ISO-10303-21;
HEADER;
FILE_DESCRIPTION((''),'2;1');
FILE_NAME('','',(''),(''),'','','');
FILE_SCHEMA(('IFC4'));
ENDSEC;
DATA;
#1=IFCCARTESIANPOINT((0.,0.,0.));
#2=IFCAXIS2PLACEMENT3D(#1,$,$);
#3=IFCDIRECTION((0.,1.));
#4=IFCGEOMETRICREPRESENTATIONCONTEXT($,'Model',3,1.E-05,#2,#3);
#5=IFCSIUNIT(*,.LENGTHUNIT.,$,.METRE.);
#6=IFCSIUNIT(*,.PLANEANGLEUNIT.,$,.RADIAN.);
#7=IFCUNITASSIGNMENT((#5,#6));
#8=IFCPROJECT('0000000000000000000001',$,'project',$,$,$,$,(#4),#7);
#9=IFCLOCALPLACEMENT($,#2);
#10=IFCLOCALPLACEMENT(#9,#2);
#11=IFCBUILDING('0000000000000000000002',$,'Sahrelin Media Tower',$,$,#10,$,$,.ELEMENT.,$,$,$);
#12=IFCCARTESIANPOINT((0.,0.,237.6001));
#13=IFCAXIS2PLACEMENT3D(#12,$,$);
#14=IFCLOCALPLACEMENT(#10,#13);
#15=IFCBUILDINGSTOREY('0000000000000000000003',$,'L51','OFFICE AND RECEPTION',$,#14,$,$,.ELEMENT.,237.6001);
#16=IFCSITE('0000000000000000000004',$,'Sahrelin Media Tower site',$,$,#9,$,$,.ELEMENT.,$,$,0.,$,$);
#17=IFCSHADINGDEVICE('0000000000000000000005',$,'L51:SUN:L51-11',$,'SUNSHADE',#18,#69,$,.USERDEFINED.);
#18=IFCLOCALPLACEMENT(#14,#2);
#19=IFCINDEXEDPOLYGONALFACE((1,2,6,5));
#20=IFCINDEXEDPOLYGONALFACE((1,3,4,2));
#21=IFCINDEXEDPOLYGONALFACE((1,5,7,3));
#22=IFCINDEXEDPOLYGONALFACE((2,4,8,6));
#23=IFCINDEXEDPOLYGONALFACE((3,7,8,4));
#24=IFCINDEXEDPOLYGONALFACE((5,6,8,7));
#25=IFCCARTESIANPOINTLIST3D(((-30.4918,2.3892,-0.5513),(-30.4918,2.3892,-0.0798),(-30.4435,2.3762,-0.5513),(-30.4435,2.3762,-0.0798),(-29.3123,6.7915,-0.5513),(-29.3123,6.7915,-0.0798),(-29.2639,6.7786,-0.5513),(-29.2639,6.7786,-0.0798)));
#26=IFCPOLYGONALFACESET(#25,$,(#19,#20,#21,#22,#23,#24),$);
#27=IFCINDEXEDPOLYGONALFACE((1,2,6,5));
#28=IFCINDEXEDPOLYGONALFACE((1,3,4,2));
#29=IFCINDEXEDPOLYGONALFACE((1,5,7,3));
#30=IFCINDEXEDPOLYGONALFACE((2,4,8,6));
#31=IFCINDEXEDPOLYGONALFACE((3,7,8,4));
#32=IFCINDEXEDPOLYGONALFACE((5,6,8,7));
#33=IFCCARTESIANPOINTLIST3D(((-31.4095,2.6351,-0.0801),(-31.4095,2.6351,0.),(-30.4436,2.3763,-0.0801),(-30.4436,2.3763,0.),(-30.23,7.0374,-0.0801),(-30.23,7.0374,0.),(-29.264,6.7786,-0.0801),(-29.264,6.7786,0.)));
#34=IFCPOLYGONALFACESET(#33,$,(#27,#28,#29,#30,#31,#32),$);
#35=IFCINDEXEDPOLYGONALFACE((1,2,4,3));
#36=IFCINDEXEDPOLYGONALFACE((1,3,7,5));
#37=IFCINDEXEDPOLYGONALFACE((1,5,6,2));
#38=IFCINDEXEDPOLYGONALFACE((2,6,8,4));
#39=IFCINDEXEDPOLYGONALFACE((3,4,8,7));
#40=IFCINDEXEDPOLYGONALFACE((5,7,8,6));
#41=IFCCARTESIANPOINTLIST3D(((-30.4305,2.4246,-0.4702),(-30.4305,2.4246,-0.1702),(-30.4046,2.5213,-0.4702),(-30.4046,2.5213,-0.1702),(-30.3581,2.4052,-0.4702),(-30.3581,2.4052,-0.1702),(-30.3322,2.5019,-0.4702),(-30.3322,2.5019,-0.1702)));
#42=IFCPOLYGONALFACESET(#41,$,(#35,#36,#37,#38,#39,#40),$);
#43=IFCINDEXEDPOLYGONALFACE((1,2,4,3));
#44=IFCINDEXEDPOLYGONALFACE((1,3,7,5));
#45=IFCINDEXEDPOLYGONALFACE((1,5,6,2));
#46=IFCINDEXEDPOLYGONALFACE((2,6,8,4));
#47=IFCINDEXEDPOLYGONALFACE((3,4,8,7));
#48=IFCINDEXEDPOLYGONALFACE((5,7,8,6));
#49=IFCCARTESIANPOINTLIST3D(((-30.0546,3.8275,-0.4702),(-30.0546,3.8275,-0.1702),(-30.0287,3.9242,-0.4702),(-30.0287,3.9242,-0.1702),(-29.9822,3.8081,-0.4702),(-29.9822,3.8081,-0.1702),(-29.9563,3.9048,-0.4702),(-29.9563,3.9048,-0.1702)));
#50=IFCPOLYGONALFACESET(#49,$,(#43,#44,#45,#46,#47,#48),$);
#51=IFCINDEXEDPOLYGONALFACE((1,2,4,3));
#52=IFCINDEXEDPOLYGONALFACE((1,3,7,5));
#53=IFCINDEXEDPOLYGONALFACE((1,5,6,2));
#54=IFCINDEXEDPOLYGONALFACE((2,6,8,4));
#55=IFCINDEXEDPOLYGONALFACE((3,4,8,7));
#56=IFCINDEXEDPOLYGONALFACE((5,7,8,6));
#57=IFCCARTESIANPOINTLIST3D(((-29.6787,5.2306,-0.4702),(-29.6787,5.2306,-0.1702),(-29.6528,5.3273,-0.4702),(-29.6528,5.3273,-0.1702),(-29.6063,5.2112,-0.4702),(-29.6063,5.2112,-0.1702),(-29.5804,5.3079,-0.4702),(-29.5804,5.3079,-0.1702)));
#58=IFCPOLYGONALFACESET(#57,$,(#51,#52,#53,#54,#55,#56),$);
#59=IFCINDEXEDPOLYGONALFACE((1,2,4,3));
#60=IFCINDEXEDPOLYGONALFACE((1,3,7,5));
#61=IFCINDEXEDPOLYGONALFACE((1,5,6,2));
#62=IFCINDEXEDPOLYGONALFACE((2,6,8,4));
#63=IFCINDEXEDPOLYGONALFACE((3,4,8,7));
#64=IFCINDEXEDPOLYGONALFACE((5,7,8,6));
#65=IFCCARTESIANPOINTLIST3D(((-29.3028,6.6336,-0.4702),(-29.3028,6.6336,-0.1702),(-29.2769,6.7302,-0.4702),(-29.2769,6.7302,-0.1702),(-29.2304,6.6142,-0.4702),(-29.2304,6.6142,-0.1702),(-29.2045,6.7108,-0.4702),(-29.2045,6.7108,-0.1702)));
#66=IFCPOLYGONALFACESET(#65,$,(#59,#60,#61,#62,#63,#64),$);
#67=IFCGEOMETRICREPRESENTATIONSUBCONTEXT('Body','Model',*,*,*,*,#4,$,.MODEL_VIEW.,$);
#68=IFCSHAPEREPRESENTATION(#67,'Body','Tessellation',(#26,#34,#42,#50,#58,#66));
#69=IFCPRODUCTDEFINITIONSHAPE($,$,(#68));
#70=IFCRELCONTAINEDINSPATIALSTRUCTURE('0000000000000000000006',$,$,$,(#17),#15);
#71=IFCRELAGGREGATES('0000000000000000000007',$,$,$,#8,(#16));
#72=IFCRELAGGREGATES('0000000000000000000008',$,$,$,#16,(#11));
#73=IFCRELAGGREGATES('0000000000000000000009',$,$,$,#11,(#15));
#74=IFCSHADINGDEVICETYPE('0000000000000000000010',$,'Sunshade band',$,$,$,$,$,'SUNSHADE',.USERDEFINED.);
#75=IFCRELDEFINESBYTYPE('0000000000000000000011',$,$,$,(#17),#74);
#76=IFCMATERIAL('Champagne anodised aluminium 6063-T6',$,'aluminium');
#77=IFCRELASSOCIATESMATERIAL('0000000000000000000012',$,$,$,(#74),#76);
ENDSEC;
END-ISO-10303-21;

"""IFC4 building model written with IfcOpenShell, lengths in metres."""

from ifc_helpers import new_model, si_unit, direction, frame, origin, origin_2d, place, context, subcontext, project, spatial, rectangle, extrude, material, type_object, element, save


model = new_model("IFC4")

# Units and contexts
model_context = context("Model", 3, precision=1e-05, world=origin(), true_north=direction((0.0, 1.0)))
body_context = subcontext(model_context, "Body", "Model", "MODEL_VIEW")
ifc_project = project(units=[si_unit("LENGTHUNIT", "METRE"), si_unit("PLANEANGLEUNIT", "RADIAN")], contexts=[model_context])

# Site, building, storey
site_placement = place(None, origin())
site = spatial("IfcSite", under=ifc_project, at=site_placement, Name="Sahrelin Media Tower site", CompositionType="ELEMENT", RefElevation=0.0)
building_placement = place(site_placement, origin())
building = spatial("IfcBuilding", under=site, at=building_placement, Name="Sahrelin Media Tower", CompositionType="ELEMENT")
storey_placement = place(building_placement, frame((0.0, 0.0, 237.6001)))
storey = spatial("IfcBuildingStorey", under=building, at=storey_placement, Name="L51", Description="OFFICE AND RECEPTION", CompositionType="ELEMENT", Elevation=237.6001)

# Shared definitions
ifc_material_1 = material(Name="Champagne anodised aluminium 6063-T6", Category="aluminium")

# Shading device
placement_1 = place(storey_placement, frame((-29.8345, 4.5723, 0.0), z_axis=(0.0, 0.0, 1.0), x_axis=(0.258808, 0.965929, 0.0)))
shading_device_type_1 = type_object("IfcShadingDeviceType", Name="Sunshade band", ElementType="SUNSHADE", PredefinedType="USERDEFINED", material=ifc_material_1)
element("IfcShadingDevice", 1, at=placement_1, inside=storey, type_object=shading_device_type_1, Name="L51:SUN:L51-11", ObjectType="SUNSHADE", PredefinedType="USERDEFINED", context=body_context, shape_type="SweptSolid", body=[
    extrude(rectangle(XDim=4.5576, YDim=0.05, at=origin_2d()), frame((0.0, 0.0449, -0.5513)), (0.0, 0.0, 1.0), 0.4714),
    extrude(rectangle(XDim=4.5576, YDim=1.0, at=origin_2d()), frame((0.0, 0.52, -0.0801)), (0.0, 0.0, 1.0), 0.0801),
    extrude(rectangle(XDim=0.1001, YDim=0.075, at=origin_2d()), frame((-2.1787, -0.0176, -0.4702)), (0.0, 0.0, 1.0), 0.3),
    extrude(rectangle(XDim=0.1001, YDim=0.075, at=origin_2d()), frame((-0.7263, -0.0176, -0.4702)), (0.0, 0.0, 1.0), 0.3),
    extrude(rectangle(XDim=0.1001, YDim=0.075, at=origin_2d()), frame((0.7263, -0.0176, -0.4702)), (0.0, 0.0, 1.0), 0.3),
    extrude(rectangle(XDim=0.1001, YDim=0.075, at=origin_2d()), frame((2.1787, -0.0176, -0.4702)), (0.0, 0.0, 1.0), 0.3),
])

save(model, "model.ifc")
